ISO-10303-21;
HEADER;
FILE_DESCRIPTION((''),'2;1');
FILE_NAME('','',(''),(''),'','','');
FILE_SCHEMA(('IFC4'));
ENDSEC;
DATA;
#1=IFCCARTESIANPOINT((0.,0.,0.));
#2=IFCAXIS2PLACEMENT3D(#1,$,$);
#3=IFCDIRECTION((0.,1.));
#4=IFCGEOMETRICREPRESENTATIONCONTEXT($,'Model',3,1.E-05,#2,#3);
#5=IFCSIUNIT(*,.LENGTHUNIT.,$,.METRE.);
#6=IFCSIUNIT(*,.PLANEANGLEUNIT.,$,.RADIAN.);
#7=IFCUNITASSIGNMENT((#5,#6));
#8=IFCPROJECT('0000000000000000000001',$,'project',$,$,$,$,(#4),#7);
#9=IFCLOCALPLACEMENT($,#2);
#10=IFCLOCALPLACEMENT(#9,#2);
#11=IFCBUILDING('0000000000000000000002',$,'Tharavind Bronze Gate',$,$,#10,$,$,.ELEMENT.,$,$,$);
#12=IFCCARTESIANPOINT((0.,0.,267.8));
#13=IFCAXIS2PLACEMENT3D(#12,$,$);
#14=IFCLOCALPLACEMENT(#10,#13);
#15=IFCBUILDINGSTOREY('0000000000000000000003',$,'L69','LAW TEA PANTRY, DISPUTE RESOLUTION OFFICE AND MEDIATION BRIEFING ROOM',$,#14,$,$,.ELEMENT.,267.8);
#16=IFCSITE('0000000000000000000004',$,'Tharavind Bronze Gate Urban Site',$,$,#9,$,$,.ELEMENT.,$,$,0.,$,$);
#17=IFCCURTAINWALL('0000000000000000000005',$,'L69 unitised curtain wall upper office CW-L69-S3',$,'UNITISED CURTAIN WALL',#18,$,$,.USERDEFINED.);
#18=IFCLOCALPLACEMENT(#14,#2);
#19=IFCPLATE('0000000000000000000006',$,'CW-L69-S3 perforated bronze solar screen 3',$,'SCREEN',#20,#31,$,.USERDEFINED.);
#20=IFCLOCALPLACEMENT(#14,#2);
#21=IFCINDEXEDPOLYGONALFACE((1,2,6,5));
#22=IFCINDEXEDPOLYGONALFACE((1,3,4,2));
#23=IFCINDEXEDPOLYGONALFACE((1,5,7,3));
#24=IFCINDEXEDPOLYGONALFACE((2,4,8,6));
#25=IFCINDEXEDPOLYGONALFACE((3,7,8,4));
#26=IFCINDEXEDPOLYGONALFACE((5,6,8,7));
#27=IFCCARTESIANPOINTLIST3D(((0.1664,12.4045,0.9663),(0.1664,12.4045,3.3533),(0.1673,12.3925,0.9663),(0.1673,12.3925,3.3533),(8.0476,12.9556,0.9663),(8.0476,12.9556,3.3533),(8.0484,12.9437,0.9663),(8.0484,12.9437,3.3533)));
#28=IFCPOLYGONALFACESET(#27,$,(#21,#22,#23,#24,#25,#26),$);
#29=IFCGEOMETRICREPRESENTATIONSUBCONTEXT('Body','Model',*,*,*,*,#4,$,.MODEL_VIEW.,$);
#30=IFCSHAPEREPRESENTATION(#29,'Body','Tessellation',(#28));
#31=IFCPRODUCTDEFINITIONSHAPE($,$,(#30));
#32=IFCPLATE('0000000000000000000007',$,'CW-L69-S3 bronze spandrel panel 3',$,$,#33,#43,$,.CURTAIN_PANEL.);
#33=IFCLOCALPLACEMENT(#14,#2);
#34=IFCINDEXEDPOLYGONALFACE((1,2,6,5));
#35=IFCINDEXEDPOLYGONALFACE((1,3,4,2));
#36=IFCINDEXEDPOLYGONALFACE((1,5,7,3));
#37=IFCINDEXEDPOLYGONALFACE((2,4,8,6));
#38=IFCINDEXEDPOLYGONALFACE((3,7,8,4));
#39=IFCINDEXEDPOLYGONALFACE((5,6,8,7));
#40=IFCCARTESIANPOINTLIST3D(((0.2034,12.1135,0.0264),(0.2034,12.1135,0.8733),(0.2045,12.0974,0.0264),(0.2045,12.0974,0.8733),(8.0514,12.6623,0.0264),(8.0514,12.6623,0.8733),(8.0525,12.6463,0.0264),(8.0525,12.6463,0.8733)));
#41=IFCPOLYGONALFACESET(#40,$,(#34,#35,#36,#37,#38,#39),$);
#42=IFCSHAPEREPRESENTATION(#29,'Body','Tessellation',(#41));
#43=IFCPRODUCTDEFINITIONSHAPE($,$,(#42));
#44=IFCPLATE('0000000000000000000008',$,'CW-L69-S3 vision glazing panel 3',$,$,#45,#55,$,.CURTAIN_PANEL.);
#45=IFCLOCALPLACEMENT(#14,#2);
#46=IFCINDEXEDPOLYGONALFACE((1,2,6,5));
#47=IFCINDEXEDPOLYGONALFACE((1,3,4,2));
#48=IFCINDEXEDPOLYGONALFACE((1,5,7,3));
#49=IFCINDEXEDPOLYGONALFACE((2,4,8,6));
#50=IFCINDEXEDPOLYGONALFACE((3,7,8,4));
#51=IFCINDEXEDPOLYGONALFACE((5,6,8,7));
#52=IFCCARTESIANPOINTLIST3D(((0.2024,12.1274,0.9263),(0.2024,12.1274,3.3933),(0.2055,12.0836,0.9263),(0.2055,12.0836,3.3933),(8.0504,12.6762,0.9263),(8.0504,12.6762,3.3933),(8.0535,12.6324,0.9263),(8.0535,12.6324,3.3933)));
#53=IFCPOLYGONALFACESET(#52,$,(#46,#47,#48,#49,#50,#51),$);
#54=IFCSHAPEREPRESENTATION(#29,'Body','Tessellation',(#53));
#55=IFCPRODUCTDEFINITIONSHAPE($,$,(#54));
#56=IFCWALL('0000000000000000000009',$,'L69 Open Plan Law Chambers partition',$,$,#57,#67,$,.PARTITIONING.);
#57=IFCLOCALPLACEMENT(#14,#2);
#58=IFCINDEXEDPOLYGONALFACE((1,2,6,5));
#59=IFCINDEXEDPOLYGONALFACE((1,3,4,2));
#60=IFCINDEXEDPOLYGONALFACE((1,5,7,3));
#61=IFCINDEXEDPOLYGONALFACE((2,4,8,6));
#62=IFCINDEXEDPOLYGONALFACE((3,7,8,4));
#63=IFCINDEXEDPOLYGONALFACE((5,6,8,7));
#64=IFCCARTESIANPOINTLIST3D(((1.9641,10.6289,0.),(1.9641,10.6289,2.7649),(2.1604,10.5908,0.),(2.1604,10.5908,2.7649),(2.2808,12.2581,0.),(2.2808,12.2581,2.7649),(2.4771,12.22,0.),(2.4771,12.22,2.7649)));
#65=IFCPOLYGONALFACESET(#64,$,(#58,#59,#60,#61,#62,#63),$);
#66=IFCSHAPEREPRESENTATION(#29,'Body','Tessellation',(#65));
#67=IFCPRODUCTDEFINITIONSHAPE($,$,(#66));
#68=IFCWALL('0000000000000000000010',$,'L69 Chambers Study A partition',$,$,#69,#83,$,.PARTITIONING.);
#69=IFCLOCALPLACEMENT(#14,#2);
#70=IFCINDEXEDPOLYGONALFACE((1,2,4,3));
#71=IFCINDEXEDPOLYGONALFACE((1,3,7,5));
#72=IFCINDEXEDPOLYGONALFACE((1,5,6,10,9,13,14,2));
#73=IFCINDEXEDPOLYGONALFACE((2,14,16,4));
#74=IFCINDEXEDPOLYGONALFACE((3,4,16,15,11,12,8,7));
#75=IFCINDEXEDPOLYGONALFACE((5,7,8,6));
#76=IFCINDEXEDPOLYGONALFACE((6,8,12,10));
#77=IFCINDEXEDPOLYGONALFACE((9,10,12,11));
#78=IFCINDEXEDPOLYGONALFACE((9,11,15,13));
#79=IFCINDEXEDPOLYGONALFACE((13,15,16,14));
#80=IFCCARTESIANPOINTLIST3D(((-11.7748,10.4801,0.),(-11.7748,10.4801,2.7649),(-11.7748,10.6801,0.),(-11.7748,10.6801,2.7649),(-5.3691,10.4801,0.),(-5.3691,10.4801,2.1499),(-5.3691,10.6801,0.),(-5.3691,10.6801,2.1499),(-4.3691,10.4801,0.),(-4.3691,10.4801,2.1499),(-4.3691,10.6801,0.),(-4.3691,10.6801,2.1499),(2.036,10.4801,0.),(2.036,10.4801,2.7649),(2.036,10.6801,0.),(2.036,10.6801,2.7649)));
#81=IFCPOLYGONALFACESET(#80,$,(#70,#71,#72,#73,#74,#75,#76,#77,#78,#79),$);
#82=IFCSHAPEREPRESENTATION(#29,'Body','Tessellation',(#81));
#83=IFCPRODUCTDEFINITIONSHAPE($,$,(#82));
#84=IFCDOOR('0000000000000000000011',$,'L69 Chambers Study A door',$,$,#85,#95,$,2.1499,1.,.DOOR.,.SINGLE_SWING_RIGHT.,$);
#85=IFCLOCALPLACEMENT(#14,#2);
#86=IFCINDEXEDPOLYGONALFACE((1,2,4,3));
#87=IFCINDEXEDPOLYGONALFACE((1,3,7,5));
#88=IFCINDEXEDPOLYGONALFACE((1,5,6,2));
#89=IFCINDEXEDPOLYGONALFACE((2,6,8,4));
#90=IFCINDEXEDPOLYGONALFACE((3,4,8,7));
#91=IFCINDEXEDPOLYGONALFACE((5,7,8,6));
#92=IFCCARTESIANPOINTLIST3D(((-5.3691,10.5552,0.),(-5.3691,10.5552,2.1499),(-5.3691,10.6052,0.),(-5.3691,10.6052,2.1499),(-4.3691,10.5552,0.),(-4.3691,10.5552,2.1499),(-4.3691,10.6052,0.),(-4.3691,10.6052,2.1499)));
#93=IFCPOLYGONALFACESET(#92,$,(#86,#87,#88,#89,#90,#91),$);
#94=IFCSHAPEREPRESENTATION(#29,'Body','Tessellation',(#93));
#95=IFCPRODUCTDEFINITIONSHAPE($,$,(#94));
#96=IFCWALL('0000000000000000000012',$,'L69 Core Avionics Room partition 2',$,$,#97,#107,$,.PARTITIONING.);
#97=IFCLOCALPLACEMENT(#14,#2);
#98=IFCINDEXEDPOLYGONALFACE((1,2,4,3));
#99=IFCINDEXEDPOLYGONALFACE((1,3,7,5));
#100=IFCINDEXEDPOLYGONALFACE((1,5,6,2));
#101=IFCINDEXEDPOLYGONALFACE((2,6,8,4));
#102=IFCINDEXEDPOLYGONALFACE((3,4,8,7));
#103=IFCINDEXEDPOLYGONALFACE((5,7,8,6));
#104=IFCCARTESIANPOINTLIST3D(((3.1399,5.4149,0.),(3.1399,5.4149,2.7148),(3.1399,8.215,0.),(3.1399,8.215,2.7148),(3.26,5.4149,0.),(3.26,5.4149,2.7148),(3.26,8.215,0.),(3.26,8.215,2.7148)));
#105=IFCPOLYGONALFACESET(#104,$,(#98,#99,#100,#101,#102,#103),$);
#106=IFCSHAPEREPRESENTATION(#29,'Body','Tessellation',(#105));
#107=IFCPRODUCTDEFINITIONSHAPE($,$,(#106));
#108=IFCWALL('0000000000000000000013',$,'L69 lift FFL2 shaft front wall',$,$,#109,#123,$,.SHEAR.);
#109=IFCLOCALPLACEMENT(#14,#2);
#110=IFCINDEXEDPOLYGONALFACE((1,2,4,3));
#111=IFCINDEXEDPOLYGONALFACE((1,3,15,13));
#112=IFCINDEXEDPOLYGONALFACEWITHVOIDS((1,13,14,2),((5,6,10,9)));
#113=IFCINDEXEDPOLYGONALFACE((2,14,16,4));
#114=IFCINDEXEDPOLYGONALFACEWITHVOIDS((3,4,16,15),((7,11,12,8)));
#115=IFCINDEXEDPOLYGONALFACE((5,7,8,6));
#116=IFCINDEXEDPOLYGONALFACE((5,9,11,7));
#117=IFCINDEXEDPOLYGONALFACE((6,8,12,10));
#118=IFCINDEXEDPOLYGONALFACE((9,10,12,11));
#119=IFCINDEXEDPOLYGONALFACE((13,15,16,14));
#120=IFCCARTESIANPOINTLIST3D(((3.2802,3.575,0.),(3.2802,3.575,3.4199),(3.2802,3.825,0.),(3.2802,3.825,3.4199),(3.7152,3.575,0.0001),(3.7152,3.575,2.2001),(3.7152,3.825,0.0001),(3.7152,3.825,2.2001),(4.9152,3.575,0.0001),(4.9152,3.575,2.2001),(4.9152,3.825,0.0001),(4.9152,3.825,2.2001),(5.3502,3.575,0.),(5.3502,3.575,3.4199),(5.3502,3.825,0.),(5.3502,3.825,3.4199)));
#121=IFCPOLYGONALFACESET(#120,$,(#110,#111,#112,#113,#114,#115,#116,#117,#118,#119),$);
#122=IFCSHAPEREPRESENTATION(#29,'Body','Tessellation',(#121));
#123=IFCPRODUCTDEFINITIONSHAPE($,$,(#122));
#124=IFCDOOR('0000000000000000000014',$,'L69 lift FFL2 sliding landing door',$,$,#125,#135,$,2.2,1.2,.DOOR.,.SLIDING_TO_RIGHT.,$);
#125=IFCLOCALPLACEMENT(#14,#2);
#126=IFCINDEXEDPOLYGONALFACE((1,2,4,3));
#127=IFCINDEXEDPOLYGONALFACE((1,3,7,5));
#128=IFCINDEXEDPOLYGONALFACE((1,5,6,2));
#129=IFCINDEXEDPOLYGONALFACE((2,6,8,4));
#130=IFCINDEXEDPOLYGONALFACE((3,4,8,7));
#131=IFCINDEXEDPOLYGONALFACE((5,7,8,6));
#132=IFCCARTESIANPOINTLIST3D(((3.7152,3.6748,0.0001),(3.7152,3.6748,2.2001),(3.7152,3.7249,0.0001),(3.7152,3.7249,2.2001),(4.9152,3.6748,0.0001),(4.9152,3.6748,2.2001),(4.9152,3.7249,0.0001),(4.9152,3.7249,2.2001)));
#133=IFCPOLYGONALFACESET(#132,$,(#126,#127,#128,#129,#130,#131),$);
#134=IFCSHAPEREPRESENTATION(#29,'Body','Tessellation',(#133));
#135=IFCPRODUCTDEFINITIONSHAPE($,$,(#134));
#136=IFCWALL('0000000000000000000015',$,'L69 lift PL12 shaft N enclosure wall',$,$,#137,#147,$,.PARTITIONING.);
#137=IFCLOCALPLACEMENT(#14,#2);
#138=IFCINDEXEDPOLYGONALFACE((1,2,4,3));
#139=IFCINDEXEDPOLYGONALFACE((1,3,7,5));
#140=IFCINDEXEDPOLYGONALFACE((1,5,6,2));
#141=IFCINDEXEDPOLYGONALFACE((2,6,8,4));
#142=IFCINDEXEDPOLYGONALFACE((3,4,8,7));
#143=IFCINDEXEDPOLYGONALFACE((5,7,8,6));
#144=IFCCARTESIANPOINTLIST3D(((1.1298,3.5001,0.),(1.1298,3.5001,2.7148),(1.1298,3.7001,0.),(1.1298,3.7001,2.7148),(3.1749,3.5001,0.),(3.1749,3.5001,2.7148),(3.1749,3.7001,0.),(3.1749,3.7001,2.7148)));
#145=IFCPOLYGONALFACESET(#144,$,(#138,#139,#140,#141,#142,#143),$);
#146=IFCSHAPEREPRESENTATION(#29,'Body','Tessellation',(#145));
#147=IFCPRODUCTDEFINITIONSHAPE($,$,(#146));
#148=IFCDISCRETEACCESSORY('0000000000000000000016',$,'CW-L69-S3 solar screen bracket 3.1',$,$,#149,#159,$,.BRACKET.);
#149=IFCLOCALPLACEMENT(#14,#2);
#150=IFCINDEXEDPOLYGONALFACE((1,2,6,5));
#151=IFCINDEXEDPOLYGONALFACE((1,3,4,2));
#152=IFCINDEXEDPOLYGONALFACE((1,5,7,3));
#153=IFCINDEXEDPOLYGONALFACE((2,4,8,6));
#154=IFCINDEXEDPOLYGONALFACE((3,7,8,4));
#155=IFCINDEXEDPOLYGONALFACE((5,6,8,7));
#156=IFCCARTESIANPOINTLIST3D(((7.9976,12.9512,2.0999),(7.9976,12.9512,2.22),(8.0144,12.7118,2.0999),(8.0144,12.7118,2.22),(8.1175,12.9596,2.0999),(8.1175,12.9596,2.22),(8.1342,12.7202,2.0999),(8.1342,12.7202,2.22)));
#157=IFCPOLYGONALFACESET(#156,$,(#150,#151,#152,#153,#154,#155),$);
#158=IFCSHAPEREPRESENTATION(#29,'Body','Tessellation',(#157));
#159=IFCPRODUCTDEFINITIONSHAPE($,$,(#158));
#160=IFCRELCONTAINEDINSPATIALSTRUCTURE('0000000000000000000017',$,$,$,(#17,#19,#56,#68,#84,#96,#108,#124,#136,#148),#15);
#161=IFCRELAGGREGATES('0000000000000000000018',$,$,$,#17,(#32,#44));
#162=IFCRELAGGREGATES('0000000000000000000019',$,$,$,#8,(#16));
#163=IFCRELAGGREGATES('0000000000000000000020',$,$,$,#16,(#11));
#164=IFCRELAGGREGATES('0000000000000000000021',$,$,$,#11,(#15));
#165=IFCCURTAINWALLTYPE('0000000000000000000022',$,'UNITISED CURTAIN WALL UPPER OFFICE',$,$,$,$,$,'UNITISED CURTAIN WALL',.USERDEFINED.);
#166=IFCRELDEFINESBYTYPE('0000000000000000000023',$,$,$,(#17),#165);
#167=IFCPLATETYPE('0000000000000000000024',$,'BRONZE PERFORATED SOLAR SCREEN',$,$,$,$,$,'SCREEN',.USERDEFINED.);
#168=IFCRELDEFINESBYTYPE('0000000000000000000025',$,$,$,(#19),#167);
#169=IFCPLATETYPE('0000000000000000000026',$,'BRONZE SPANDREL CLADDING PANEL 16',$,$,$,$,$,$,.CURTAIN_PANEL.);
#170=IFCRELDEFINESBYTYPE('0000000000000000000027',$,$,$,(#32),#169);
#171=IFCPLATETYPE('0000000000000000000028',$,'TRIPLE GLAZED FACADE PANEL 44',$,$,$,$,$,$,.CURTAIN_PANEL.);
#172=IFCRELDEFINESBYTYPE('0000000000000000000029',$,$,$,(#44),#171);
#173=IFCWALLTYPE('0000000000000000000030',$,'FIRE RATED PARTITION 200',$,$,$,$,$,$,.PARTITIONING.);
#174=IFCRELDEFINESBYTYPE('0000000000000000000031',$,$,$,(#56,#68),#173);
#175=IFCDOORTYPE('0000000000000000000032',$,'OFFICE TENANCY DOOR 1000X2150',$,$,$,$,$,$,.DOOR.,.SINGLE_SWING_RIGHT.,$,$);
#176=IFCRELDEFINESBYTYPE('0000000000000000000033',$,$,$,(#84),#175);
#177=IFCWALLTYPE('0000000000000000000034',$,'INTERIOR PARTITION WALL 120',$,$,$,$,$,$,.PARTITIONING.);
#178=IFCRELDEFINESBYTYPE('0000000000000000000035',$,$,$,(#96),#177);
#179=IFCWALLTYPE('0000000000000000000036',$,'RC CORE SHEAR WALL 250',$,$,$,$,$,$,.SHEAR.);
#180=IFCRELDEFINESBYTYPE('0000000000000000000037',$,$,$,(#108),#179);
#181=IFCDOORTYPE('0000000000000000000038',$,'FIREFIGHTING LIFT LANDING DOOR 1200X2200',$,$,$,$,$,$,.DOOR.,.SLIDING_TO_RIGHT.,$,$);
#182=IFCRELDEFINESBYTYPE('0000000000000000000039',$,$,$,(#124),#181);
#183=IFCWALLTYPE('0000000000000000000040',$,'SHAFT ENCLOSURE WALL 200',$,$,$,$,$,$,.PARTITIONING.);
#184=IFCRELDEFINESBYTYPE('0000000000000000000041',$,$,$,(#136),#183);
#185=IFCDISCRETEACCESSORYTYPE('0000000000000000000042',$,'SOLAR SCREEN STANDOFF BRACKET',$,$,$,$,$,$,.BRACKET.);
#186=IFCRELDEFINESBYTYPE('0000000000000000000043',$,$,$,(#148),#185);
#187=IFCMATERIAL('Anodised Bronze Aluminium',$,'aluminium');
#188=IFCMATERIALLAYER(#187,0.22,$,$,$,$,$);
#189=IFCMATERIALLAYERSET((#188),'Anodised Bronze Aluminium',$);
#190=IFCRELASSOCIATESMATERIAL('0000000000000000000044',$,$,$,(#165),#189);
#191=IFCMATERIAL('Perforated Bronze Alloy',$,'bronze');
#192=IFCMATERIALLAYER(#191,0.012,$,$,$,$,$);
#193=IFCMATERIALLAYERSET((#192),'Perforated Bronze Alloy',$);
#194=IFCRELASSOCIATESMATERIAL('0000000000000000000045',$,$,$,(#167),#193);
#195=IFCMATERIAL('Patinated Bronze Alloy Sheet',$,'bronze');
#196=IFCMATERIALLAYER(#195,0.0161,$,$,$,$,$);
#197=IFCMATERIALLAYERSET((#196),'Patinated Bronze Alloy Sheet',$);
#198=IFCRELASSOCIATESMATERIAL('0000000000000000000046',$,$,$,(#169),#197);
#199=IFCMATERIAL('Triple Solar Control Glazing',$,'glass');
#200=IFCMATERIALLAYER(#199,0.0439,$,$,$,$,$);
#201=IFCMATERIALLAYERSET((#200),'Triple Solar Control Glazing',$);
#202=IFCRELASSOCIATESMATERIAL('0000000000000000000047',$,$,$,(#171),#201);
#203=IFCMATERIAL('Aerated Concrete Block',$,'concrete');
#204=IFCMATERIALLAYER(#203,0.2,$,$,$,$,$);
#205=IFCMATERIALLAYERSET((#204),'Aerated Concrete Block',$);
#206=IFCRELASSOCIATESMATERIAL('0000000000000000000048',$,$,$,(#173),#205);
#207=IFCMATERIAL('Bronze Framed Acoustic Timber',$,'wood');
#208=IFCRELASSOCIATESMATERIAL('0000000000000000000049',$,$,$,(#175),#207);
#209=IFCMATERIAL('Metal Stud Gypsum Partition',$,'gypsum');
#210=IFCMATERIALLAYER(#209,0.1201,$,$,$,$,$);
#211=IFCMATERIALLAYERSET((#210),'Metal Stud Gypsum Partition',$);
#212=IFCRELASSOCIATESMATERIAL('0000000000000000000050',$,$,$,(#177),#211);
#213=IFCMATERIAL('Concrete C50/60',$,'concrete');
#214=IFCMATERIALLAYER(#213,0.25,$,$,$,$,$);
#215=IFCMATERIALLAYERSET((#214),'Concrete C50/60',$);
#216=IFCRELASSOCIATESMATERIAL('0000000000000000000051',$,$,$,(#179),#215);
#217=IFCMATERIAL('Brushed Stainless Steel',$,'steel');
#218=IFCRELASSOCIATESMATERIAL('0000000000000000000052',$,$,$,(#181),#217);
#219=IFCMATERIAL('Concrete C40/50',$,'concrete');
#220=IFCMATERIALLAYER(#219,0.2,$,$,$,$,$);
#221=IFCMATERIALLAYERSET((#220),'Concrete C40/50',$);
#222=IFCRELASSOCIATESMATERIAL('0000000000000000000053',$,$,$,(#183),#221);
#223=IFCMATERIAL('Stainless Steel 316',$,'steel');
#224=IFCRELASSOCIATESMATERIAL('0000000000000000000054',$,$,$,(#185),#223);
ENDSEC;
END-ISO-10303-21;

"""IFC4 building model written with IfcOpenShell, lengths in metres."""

from ifc_helpers import new_model, si_unit, direction, frame, frame_2d, origin, origin_2d, place, context, subcontext, project, spatial, rectangle, extrude, material, layer, layer_set, type_object, element, fill, aggregate, save


model = new_model("IFC4")

# Units and contexts
model_context = context("Model", 3, precision=1e-05, world=origin(), true_north=direction((0.0, 1.0)))
body_context = subcontext(model_context, "Body", "Model", "MODEL_VIEW")
ifc_project = project(units=[si_unit("LENGTHUNIT", "METRE"), si_unit("PLANEANGLEUNIT", "RADIAN")], contexts=[model_context])

# Site, building, storey
site_placement = place(None, origin())
site = spatial("IfcSite", under=ifc_project, at=site_placement, Name="Tharavind Bronze Gate Urban Site", CompositionType="ELEMENT", RefElevation=0.0)
building_placement = place(site_placement, origin())
building = spatial("IfcBuilding", under=site, at=building_placement, Name="Tharavind Bronze Gate", CompositionType="ELEMENT")
storey_placement = place(building_placement, frame((0.0, 0.0, 267.8)))
storey = spatial("IfcBuildingStorey", under=building, at=storey_placement, Name="L69", Description="LAW TEA PANTRY, DISPUTE RESOLUTION OFFICE AND MEDIATION BRIEFING ROOM", CompositionType="ELEMENT", Elevation=267.8)

# Shared definitions
ifc_material_1 = material(Name="Concrete C50/60", Category="concrete")

# Curtain wall
ifc_material_2 = material(Name="Anodised Bronze Aluminium", Category="aluminium")
ifc_layer_1 = layer(ifc_material_2, 0.22)
ifc_layer_set_1 = layer_set([ifc_layer_1], Name="Anodised Bronze Aluminium")
curtain_wall_type = type_object("IfcCurtainWallType", Name="UNITISED CURTAIN WALL UPPER OFFICE", ElementType="UNITISED CURTAIN WALL", PredefinedType="USERDEFINED", material=ifc_layer_set_1)
curtain_wall_placement = place(storey_placement, origin())
curtain_wall = element("IfcCurtainWall", 1, at=curtain_wall_placement, inside=storey, type_object=curtain_wall_type, Name="L69 unitised curtain wall upper office CW-L69-S3", ObjectType="UNITISED CURTAIN WALL", PredefinedType="USERDEFINED")

# Plates
ifc_material_3 = material(Name="Perforated Bronze Alloy", Category="bronze")
ifc_layer_2 = layer(ifc_material_3, 0.012)
ifc_layer_set_2 = layer_set([ifc_layer_2], Name="Perforated Bronze Alloy")
plate_type_1 = type_object("IfcPlateType", Name="BRONZE PERFORATED SOLAR SCREEN", ElementType="SCREEN", PredefinedType="USERDEFINED", material=ifc_layer_set_2)
plate_1_placement = place(storey_placement, frame((4.1074, 12.6741, 0.9663), z_axis=(0.0, 0.0, 1.0), x_axis=(-0.997564, -0.06976, 0.0)))
element("IfcPlate", 2, at=plate_1_placement, inside=storey, type_object=plate_type_1, Name="CW-L69-S3 perforated bronze solar screen 3", ObjectType="SCREEN", PredefinedType="USERDEFINED", context=body_context, shape_type="SweptSolid", body=[
    extrude(rectangle(XDim=7.9004, YDim=0.012, at=origin_2d()), origin(), (0.0, 0.0, 1.0), 2.387),
])
ifc_material_4 = material(Name="Patinated Bronze Alloy Sheet", Category="bronze")
ifc_layer_3 = layer(ifc_material_4, 0.0161)
ifc_layer_set_3 = layer_set([ifc_layer_3], Name="Patinated Bronze Alloy Sheet")
plate_type_2 = type_object("IfcPlateType", Name="BRONZE SPANDREL CLADDING PANEL 16", PredefinedType="CURTAIN_PANEL", material=ifc_layer_set_3)
plate_2_placement = place(storey_placement, frame((4.1279, 12.3799, 0.0264), z_axis=(0.0, 0.0, 1.0), x_axis=(-0.997564, -0.06976, 0.0)))
plate_2 = element("IfcPlate", 3, at=plate_2_placement, type_object=plate_type_2, Name="CW-L69-S3 bronze spandrel panel 3", PredefinedType="CURTAIN_PANEL", context=body_context, shape_type="SweptSolid", body=[
    extrude(rectangle(XDim=7.8672, YDim=0.0161, at=origin_2d()), origin(), (0.0, 0.0, 1.0), 0.8469),
])
ifc_material_5 = material(Name="Triple Solar Control Glazing", Category="glass")
ifc_layer_4 = layer(ifc_material_5, 0.0439)
ifc_layer_set_4 = layer_set([ifc_layer_4], Name="Triple Solar Control Glazing")
plate_type_3 = type_object("IfcPlateType", Name="TRIPLE GLAZED FACADE PANEL 44", PredefinedType="CURTAIN_PANEL", material=ifc_layer_set_4)
plate_3_placement = place(storey_placement, frame((4.1279, 12.3799, 0.9263), z_axis=(0.0, 0.0, 1.0), x_axis=(-0.997564, -0.06976, 0.0)))
plate_3 = element("IfcPlate", 4, at=plate_3_placement, type_object=plate_type_3, Name="CW-L69-S3 vision glazing panel 3", PredefinedType="CURTAIN_PANEL", context=body_context, shape_type="SweptSolid", body=[
    extrude(rectangle(XDim=7.8672, YDim=0.0439, at=origin_2d()), origin(), (0.0, 0.0, 1.0), 2.467),
])
aggregate(curtain_wall, [plate_2, plate_3])

# Wall
ifc_material_6 = material(Name="Aerated Concrete Block", Category="concrete")
ifc_layer_5 = layer(ifc_material_6, 0.2)
ifc_layer_set_5 = layer_set([ifc_layer_5], Name="Aerated Concrete Block")
wall_type_1 = type_object("IfcWallType", Name="FIRE RATED PARTITION 200", PredefinedType="PARTITIONING", material=ifc_layer_set_5)
wall_1_placement = place(storey_placement, frame((2.0623, 10.6099, 0.0), z_axis=(0.0, 0.0, 1.0), x_axis=(0.190795, 0.98163, 0.0)))
element("IfcWall", 5, at=wall_1_placement, inside=storey, type_object=wall_type_1, Name="L69 Open Plan Law Chambers partition", PredefinedType="PARTITIONING", context=body_context, shape_type="SweptSolid", body=[
    extrude(rectangle(XDim=1.6597, YDim=0.2, at=frame_2d((0.8298, 0.0))), origin(), (0.0, 0.0, 1.0), 2.7649),
])

# Wall, opening, door
wall_2_placement = place(storey_placement, frame((2.0359, 10.5801, 0.0), z_axis=(0.0, 0.0, 1.0), x_axis=(-1.0, 0.0, 0.0)))
wall_2 = element("IfcWall", 6, at=wall_2_placement, inside=storey, type_object=wall_type_1, Name="L69 Chambers Study A partition", PredefinedType="PARTITIONING", context=body_context, shape_type="SweptSolid", body=[
    extrude(rectangle(XDim=13.8108, YDim=0.2, at=frame_2d((6.9053, 0.0))), origin(), (0.0, 0.0, 1.0), 2.7649),
])
opening_1_placement = place(wall_2_placement, frame((6.405, 0.0, 0.0)))
opening_1 = element("IfcOpeningElement", 7, at=opening_1_placement, cuts=wall_2, PredefinedType="OPENING", context=body_context, shape_type="SweptSolid", body=[
    extrude(rectangle(XDim=1.0, YDim=2.1499, at=frame_2d((0.5, 1.075))), frame((0.0, 0.1101, 0.0), z_axis=(0.0, -1.0, 0.0), x_axis=(1.0, 0.0, 0.0)), (0.0, 0.0, 1.0), 0.22),
])
ifc_material_7 = material(Name="Bronze Framed Acoustic Timber", Category="wood")
door_type_1 = type_object("IfcDoorType", Name="OFFICE TENANCY DOOR 1000X2150", OperationType="SINGLE_SWING_RIGHT", PredefinedType="DOOR", material=ifc_material_7)
door_1_placement = place(opening_1_placement, origin())
door_1 = element("IfcDoor", 8, at=door_1_placement, inside=storey, type_object=door_type_1, Name="L69 Chambers Study A door", OperationType="SINGLE_SWING_RIGHT", OverallHeight=2.1499, OverallWidth=1.0, PredefinedType="DOOR", context=body_context, shape_type="SweptSolid", body=[
    extrude(rectangle(XDim=1.0, YDim=2.1499, at=frame_2d((0.5, 1.075))), frame((0.0, 0.0249, 0.0), z_axis=(0.0, -1.0, 0.0), x_axis=(1.0, 0.0, 0.0)), (0.0, 0.0, 1.0), 0.05),
])
fill(opening_1, door_1)

# Wall
ifc_material_8 = material(Name="Metal Stud Gypsum Partition", Category="gypsum")
ifc_layer_6 = layer(ifc_material_8, 0.1201)
ifc_layer_set_6 = layer_set([ifc_layer_6], Name="Metal Stud Gypsum Partition")
wall_type_2 = type_object("IfcWallType", Name="INTERIOR PARTITION WALL 120", PredefinedType="PARTITIONING", material=ifc_layer_set_6)
wall_3_placement = place(storey_placement, frame((3.2, 5.415, 0.0), z_axis=(0.0, 0.0, 1.0), x_axis=(0.0, 1.0, 0.0)))
element("IfcWall", 9, at=wall_3_placement, inside=storey, type_object=wall_type_2, Name="L69 Core Avionics Room partition 2", PredefinedType="PARTITIONING", context=body_context, shape_type="SweptSolid", body=[
    extrude(rectangle(XDim=2.8, YDim=0.1201, at=frame_2d((1.3999, 0.0))), origin(), (0.0, 0.0, 1.0), 2.7148),
])

# Wall, opening, door
ifc_layer_7 = layer(ifc_material_1, 0.25)
ifc_layer_set_7 = layer_set([ifc_layer_7], Name="Concrete C50/60")
wall_type_3 = type_object("IfcWallType", Name="RC CORE SHEAR WALL 250", PredefinedType="SHEAR", material=ifc_layer_set_7)
wall_4_placement = place(storey_placement, frame((3.28, 3.7, 0.0), z_axis=(0.0, 0.0, 1.0), x_axis=(1.0, 0.0, 0.0)))
wall_4 = element("IfcWall", 10, at=wall_4_placement, inside=storey, type_object=wall_type_3, Name="L69 lift FFL2 shaft front wall", PredefinedType="SHEAR", context=body_context, shape_type="SweptSolid", body=[
    extrude(rectangle(XDim=2.0701, YDim=0.25, at=frame_2d((1.0352, 0.0))), origin(), (0.0, 0.0, 1.0), 3.4199),
])
opening_2_placement = place(wall_4_placement, frame((0.4351, 0.0, 0.0)))
opening_2 = element("IfcOpeningElement", 11, at=opening_2_placement, cuts=wall_4, PredefinedType="OPENING", context=body_context, shape_type="SweptSolid", body=[
    extrude(rectangle(XDim=1.2, YDim=2.2, at=frame_2d((0.6001, 1.1001))), frame((0.0, 0.135, 0.0), z_axis=(0.0, -1.0, 0.0), x_axis=(1.0, 0.0, 0.0)), (0.0, 0.0, 1.0), 0.27),
])
ifc_material_9 = material(Name="Brushed Stainless Steel", Category="steel")
door_type_2 = type_object("IfcDoorType", Name="FIREFIGHTING LIFT LANDING DOOR 1200X2200", OperationType="SLIDING_TO_RIGHT", PredefinedType="DOOR", material=ifc_material_9)
door_2_placement = place(opening_2_placement, origin())
door_2 = element("IfcDoor", 12, at=door_2_placement, inside=storey, type_object=door_type_2, Name="L69 lift FFL2 sliding landing door", OperationType="SLIDING_TO_RIGHT", OverallHeight=2.2, OverallWidth=1.2, PredefinedType="DOOR", context=body_context, shape_type="SweptSolid", body=[
    extrude(rectangle(XDim=1.2, YDim=2.2, at=frame_2d((0.6001, 1.1001))), frame((0.0, 0.0249, 0.0), z_axis=(0.0, -1.0, 0.0), x_axis=(1.0, 0.0, 0.0)), (0.0, 0.0, 1.0), 0.05),
])
fill(opening_2, door_2)

# Wall
ifc_material_10 = material(Name="Concrete C40/50", Category="concrete")
ifc_layer_8 = layer(ifc_material_10, 0.2)
ifc_layer_set_8 = layer_set([ifc_layer_8], Name="Concrete C40/50")
wall_type_4 = type_object("IfcWallType", Name="SHAFT ENCLOSURE WALL 200", PredefinedType="PARTITIONING", material=ifc_layer_set_8)
wall_5_placement = place(storey_placement, frame((1.1299, 3.6001, 0.0), z_axis=(0.0, 0.0, 1.0), x_axis=(1.0, 0.0, 0.0)))
element("IfcWall", 13, at=wall_5_placement, inside=storey, type_object=wall_type_4, Name="L69 lift PL12 shaft N enclosure wall", PredefinedType="PARTITIONING", context=body_context, shape_type="SweptSolid", body=[
    extrude(rectangle(XDim=2.0452, YDim=0.2, at=frame_2d((1.0225, 0.0))), origin(), (0.0, 0.0, 1.0), 2.7148),
])

# Discrete accessory
ifc_material_11 = material(Name="Stainless Steel 316", Category="steel")
discrete_accessory_type = type_object("IfcDiscreteAccessoryType", Name="SOLAR SCREEN STANDOFF BRACKET", PredefinedType="BRACKET", material=ifc_material_11)
discrete_accessory_placement = place(storey_placement, frame((8.0659, 12.8357, 2.0999), z_axis=(0.0, 0.0, 1.0), x_axis=(-0.997564, -0.06976, 0.0)))
element("IfcDiscreteAccessory", 14, at=discrete_accessory_placement, inside=storey, type_object=discrete_accessory_type, Name="CW-L69-S3 solar screen bracket 3.1", PredefinedType="BRACKET", context=body_context, shape_type="SweptSolid", body=[
    extrude(rectangle(XDim=0.1201, YDim=0.24, at=origin_2d()), origin(), (0.0, 0.0, 1.0), 0.1201),
])

save(model, "model.ifc")
